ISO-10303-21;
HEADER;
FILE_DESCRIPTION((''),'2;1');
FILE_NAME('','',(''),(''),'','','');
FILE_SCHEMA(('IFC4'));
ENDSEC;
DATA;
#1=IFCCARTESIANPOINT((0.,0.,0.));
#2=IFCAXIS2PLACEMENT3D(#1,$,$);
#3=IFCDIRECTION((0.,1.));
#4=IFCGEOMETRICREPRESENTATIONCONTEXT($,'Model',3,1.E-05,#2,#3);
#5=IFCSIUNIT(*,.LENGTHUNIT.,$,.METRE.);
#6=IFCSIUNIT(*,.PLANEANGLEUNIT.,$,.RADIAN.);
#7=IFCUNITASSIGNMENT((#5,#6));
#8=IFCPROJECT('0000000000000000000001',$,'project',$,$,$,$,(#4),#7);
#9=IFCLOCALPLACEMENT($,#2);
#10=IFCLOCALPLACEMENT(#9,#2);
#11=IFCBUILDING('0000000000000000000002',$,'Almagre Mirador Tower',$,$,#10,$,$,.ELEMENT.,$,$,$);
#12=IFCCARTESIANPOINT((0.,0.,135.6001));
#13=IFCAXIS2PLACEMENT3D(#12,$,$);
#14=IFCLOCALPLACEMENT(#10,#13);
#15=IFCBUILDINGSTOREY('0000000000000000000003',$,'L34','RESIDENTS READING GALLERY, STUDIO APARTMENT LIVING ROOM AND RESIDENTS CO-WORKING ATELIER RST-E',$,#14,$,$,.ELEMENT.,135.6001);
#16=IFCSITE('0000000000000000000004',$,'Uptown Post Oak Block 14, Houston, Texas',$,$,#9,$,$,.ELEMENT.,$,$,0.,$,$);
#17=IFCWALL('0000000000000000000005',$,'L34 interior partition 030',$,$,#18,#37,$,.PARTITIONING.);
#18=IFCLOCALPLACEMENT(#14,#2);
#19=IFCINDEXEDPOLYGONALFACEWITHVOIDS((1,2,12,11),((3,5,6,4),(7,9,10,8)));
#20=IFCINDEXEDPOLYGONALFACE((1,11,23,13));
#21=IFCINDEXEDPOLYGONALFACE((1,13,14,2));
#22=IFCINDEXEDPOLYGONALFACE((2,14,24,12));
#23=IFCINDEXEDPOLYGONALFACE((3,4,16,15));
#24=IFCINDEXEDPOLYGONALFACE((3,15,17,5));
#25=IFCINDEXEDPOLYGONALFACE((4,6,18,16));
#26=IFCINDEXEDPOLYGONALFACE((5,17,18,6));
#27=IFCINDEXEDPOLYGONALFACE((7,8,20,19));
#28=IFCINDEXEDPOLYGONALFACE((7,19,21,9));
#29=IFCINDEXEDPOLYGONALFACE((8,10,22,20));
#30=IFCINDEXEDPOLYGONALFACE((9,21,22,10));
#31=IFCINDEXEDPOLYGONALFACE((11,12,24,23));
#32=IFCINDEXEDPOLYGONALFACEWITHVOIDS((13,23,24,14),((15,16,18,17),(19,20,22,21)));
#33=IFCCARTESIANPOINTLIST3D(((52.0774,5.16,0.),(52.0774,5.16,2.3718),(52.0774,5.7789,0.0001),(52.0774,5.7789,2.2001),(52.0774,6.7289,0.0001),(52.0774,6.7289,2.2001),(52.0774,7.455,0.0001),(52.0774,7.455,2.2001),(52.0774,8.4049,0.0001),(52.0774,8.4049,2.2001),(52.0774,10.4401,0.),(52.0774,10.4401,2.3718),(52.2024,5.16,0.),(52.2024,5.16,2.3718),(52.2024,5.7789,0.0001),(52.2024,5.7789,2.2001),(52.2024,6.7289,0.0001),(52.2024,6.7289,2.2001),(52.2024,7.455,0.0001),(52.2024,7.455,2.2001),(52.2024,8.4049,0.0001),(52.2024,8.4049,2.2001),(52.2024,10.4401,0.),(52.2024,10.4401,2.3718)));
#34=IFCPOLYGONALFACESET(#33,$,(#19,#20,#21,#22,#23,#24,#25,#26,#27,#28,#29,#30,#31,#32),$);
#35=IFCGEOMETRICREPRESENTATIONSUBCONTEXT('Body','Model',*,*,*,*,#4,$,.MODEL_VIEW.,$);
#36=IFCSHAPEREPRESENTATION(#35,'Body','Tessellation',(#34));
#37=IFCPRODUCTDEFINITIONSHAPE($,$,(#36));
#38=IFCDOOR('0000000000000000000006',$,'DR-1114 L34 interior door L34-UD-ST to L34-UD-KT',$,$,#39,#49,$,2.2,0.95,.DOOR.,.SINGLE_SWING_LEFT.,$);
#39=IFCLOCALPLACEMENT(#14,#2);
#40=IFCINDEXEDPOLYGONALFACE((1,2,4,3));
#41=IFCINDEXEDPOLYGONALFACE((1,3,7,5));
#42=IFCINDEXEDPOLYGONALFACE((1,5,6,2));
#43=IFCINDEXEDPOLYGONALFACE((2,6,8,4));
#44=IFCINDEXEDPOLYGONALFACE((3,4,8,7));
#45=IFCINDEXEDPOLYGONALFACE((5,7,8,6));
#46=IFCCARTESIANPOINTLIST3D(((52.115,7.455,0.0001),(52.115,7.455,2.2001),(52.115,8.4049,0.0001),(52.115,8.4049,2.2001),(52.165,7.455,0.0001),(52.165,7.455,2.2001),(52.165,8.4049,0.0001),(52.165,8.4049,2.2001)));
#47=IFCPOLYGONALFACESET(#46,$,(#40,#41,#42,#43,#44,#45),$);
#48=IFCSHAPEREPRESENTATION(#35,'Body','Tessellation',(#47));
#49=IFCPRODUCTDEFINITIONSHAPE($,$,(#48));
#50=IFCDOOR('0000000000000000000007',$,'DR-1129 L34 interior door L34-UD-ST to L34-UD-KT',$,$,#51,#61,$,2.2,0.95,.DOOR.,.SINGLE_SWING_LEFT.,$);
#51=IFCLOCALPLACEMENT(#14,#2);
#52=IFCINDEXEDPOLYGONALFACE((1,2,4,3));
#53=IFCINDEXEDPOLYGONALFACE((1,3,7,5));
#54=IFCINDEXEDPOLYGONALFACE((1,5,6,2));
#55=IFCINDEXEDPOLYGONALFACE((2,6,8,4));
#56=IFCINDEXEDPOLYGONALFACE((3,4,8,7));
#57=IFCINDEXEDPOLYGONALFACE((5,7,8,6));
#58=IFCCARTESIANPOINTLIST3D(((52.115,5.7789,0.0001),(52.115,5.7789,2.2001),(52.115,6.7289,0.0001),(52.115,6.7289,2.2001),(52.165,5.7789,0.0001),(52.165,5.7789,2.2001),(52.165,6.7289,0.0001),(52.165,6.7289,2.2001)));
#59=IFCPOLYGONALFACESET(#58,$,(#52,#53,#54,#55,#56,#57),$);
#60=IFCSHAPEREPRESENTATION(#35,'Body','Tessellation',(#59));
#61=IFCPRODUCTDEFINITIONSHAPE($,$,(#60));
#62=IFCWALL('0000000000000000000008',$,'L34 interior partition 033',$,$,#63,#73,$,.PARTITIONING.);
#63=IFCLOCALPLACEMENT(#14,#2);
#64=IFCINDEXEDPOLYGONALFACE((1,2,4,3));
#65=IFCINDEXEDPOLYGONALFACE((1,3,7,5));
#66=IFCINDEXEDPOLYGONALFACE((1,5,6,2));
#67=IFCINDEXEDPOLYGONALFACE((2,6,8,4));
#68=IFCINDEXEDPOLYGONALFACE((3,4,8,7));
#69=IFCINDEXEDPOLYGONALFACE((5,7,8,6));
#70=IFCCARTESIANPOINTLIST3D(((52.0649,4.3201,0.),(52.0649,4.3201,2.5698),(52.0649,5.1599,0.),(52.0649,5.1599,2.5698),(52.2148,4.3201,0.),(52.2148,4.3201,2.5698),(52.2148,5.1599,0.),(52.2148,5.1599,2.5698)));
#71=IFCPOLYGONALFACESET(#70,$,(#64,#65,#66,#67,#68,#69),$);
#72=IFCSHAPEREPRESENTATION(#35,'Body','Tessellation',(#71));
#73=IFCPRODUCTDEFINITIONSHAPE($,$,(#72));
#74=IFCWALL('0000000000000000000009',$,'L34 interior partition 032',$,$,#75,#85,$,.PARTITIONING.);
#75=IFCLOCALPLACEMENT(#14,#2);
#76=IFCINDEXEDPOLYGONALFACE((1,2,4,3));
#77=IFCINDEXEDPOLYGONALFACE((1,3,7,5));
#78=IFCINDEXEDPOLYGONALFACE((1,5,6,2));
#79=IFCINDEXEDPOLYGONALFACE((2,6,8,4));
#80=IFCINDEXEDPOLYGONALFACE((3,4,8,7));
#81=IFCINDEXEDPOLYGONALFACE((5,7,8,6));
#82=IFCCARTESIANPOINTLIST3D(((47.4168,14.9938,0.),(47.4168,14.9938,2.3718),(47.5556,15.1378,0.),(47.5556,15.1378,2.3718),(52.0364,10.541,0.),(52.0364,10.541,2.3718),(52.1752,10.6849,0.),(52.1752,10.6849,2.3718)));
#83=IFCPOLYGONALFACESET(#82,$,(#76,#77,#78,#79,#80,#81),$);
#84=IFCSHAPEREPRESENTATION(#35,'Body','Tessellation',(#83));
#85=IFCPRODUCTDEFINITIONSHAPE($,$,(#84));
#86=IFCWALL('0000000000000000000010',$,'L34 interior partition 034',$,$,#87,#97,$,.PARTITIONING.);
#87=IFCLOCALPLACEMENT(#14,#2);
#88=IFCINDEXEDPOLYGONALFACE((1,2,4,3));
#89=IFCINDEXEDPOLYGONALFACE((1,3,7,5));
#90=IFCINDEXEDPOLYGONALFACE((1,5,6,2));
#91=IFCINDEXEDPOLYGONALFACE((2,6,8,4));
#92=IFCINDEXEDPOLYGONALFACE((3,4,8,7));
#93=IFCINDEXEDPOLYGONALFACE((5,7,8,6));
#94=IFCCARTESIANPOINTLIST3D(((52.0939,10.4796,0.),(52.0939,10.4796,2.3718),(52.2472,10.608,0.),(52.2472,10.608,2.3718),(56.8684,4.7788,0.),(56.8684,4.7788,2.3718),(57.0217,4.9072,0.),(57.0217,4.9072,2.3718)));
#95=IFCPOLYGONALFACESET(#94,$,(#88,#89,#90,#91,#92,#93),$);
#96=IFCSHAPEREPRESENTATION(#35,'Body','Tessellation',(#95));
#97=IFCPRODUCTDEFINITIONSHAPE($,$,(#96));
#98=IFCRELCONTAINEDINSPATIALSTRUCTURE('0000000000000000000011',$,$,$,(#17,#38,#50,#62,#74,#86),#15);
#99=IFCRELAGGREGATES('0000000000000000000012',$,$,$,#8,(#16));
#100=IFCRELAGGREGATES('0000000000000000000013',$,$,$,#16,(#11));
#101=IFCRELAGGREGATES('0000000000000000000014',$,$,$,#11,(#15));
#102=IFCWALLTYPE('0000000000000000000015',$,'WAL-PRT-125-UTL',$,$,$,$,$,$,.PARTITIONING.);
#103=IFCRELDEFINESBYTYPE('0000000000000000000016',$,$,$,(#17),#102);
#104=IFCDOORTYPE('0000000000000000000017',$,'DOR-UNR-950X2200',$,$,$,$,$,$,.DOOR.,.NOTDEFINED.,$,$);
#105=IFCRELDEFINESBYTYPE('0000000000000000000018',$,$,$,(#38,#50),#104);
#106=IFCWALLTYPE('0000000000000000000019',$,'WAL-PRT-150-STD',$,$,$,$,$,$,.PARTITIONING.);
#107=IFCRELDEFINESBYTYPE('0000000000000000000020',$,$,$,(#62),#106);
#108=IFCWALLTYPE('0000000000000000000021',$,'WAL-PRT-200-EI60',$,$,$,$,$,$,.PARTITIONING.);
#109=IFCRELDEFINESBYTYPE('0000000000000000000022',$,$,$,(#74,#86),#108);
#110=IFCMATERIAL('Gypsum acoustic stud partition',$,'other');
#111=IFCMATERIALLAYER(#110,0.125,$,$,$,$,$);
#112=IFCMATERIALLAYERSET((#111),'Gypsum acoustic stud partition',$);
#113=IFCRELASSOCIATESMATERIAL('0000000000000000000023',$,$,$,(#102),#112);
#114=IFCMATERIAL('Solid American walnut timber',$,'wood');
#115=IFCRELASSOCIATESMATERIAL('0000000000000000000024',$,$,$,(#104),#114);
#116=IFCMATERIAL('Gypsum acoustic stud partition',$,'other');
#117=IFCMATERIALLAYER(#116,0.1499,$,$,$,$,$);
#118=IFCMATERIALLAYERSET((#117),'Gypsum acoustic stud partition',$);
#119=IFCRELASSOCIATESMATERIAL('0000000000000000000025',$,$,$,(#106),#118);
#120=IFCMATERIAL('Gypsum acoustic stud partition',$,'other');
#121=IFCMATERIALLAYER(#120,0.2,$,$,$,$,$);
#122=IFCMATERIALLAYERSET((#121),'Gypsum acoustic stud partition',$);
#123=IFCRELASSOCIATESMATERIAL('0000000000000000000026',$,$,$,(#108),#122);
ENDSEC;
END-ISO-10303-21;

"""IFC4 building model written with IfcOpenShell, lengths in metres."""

from ifc_helpers import new_model, si_unit, direction, frame, frame_2d, origin, place, context, subcontext, project, spatial, rectangle, extrude, material, layer, layer_set, type_object, element, fill, save


model = new_model("IFC4")

# Units and contexts
model_context = context("Model", 3, precision=1e-05, world=origin(), true_north=direction((0.0, 1.0)))
body_context = subcontext(model_context, "Body", "Model", "MODEL_VIEW")
ifc_project = project(units=[si_unit("LENGTHUNIT", "METRE"), si_unit("PLANEANGLEUNIT", "RADIAN")], contexts=[model_context])

# Site, building, storey
site_placement = place(None, origin())
site = spatial("IfcSite", under=ifc_project, at=site_placement, Name="Uptown Post Oak Block 14, Houston, Texas", CompositionType="ELEMENT", RefElevation=0.0)
building_placement = place(site_placement, origin())
building = spatial("IfcBuilding", under=site, at=building_placement, Name="Almagre Mirador Tower", CompositionType="ELEMENT")
storey_placement = place(building_placement, frame((0.0, 0.0, 135.6001)))
storey = spatial("IfcBuildingStorey", under=building, at=storey_placement, Name="L34", Description="RESIDENTS READING GALLERY, STUDIO APARTMENT LIVING ROOM AND RESIDENTS CO-WORKING ATELIER RST-E", CompositionType="ELEMENT", Elevation=135.6001)

# Wall, openings, doors
ifc_material_1 = material(Name="Gypsum acoustic stud partition", Category="other")
ifc_layer_1 = layer(ifc_material_1, 0.125)
ifc_layer_set_1 = layer_set([ifc_layer_1], Name="Gypsum acoustic stud partition")
wall_type_1 = type_object("IfcWallType", Name="WAL-PRT-125-UTL", PredefinedType="PARTITIONING", material=ifc_layer_set_1)
wall_1_placement = place(storey_placement, frame((52.1399, 5.1599, 0.0), z_axis=(0.0, 0.0, 1.0), x_axis=(0.0, 1.0, 0.0)))
wall_1 = element("IfcWall", 1, at=wall_1_placement, inside=storey, type_object=wall_type_1, Name="L34 interior partition 030", PredefinedType="PARTITIONING", context=body_context, shape_type="SweptSolid", body=[
    extrude(rectangle(XDim=5.28, YDim=0.125, at=frame_2d((2.6401, 0.0))), origin(), (0.0, 0.0, 1.0), 2.3718),
])
opening_1_placement = place(wall_1_placement, frame((2.2949, 0.0, 0.0)))
opening_1 = element("IfcOpeningElement", 2, at=opening_1_placement, cuts=wall_1, PredefinedType="OPENING", context=body_context, shape_type="SweptSolid", body=[
    extrude(rectangle(XDim=0.95, YDim=2.2, at=frame_2d((0.4751, 1.1001))), frame((0.0, 0.0725, 0.0), z_axis=(0.0, -1.0, 0.0), x_axis=(1.0, 0.0, 0.0)), (0.0, 0.0, 1.0), 0.145),
])
opening_2_placement = place(wall_1_placement, frame((0.6189, 0.0, 0.0)))
opening_2 = element("IfcOpeningElement", 3, at=opening_2_placement, cuts=wall_1, PredefinedType="OPENING", context=body_context, shape_type="SweptSolid", body=[
    extrude(rectangle(XDim=0.95, YDim=2.2, at=frame_2d((0.4751, 1.1001))), frame((0.0, 0.0725, 0.0), z_axis=(0.0, -1.0, 0.0), x_axis=(1.0, 0.0, 0.0)), (0.0, 0.0, 1.0), 0.145),
])
ifc_material_2 = material(Name="Solid American walnut timber", Category="wood")
door_type = type_object("IfcDoorType", Name="DOR-UNR-950X2200", OperationType="NOTDEFINED", PredefinedType="DOOR", material=ifc_material_2)
door_1_placement = place(opening_1_placement, origin())
door_1 = element("IfcDoor", 4, at=door_1_placement, inside=storey, type_object=door_type, Name="DR-1114 L34 interior door L34-UD-ST to L34-UD-KT", OperationType="SINGLE_SWING_LEFT", OverallHeight=2.2, OverallWidth=0.95, PredefinedType="DOOR", context=body_context, shape_type="SweptSolid", body=[
    extrude(rectangle(XDim=0.95, YDim=2.2, at=frame_2d((0.4751, 1.1001))), frame((0.0, 0.0249, 0.0), z_axis=(0.0, -1.0, 0.0), x_axis=(1.0, 0.0, 0.0)), (0.0, 0.0, 1.0), 0.05),
])
fill(opening_1, door_1)
door_2_placement = place(opening_2_placement, origin())
door_2 = element("IfcDoor", 5, at=door_2_placement, inside=storey, type_object=door_type, Name="DR-1129 L34 interior door L34-UD-ST to L34-UD-KT", OperationType="SINGLE_SWING_LEFT", OverallHeight=2.2, OverallWidth=0.95, PredefinedType="DOOR", context=body_context, shape_type="SweptSolid", body=[
    extrude(rectangle(XDim=0.95, YDim=2.2, at=frame_2d((0.4751, 1.1001))), frame((0.0, 0.0249, 0.0), z_axis=(0.0, -1.0, 0.0), x_axis=(1.0, 0.0, 0.0)), (0.0, 0.0, 1.0), 0.05),
])
fill(opening_2, door_2)

# Walls
ifc_material_3 = material(Name="Gypsum acoustic stud partition", Category="other")
ifc_layer_2 = layer(ifc_material_3, 0.1499)
ifc_layer_set_2 = layer_set([ifc_layer_2], Name="Gypsum acoustic stud partition")
wall_type_2 = type_object("IfcWallType", Name="WAL-PRT-150-STD", PredefinedType="PARTITIONING", material=ifc_layer_set_2)
wall_2_placement = place(storey_placement, frame((52.1399, 5.1599, 0.0), z_axis=(0.0, 0.0, 1.0), x_axis=(0.0, -1.0, 0.0)))
element("IfcWall", 6, at=wall_2_placement, inside=storey, type_object=wall_type_2, Name="L34 interior partition 033", PredefinedType="PARTITIONING", context=body_context, shape_type="SweptSolid", body=[
    extrude(rectangle(XDim=0.8398, YDim=0.1499, at=frame_2d((0.4199, 0.0))), origin(), (0.0, 0.0, 1.0), 2.5698),
])
ifc_material_4 = material(Name="Gypsum acoustic stud partition", Category="other")
ifc_layer_3 = layer(ifc_material_4, 0.2)
ifc_layer_set_3 = layer_set([ifc_layer_3], Name="Gypsum acoustic stud partition")
wall_type_3 = type_object("IfcWallType", Name="WAL-PRT-200-EI60", PredefinedType="PARTITIONING", material=ifc_layer_set_3)
wall_3_placement = place(storey_placement, frame((52.1057, 10.613, 0.0), z_axis=(0.0, 0.0, 1.0), x_axis=(-0.719981, 0.693993, 0.0)))
element("IfcWall", 7, at=wall_3_placement, inside=storey, type_object=wall_type_3, Name="L34 interior partition 032", PredefinedType="PARTITIONING", context=body_context, shape_type="SweptSolid", body=[
    extrude(rectangle(XDim=6.4163, YDim=0.2, at=frame_2d((3.208, 0.0))), origin(), (0.0, 0.0, 1.0), 2.3718),
])
wall_4_placement = place(storey_placement, frame((56.9451, 4.843, 0.0), z_axis=(0.0, 0.0, 1.0), x_axis=(-0.642075, 0.766642, 0.0)))
element("IfcWall", 8, at=wall_4_placement, inside=storey, type_object=wall_type_3, Name="L34 interior partition 034", PredefinedType="PARTITIONING", context=body_context, shape_type="SweptSolid", body=[
    extrude(rectangle(XDim=7.436, YDim=0.2, at=frame_2d((3.718, 0.0))), origin(), (0.0, 0.0, 1.0), 2.3718),
])

save(model, "model.ifc")
